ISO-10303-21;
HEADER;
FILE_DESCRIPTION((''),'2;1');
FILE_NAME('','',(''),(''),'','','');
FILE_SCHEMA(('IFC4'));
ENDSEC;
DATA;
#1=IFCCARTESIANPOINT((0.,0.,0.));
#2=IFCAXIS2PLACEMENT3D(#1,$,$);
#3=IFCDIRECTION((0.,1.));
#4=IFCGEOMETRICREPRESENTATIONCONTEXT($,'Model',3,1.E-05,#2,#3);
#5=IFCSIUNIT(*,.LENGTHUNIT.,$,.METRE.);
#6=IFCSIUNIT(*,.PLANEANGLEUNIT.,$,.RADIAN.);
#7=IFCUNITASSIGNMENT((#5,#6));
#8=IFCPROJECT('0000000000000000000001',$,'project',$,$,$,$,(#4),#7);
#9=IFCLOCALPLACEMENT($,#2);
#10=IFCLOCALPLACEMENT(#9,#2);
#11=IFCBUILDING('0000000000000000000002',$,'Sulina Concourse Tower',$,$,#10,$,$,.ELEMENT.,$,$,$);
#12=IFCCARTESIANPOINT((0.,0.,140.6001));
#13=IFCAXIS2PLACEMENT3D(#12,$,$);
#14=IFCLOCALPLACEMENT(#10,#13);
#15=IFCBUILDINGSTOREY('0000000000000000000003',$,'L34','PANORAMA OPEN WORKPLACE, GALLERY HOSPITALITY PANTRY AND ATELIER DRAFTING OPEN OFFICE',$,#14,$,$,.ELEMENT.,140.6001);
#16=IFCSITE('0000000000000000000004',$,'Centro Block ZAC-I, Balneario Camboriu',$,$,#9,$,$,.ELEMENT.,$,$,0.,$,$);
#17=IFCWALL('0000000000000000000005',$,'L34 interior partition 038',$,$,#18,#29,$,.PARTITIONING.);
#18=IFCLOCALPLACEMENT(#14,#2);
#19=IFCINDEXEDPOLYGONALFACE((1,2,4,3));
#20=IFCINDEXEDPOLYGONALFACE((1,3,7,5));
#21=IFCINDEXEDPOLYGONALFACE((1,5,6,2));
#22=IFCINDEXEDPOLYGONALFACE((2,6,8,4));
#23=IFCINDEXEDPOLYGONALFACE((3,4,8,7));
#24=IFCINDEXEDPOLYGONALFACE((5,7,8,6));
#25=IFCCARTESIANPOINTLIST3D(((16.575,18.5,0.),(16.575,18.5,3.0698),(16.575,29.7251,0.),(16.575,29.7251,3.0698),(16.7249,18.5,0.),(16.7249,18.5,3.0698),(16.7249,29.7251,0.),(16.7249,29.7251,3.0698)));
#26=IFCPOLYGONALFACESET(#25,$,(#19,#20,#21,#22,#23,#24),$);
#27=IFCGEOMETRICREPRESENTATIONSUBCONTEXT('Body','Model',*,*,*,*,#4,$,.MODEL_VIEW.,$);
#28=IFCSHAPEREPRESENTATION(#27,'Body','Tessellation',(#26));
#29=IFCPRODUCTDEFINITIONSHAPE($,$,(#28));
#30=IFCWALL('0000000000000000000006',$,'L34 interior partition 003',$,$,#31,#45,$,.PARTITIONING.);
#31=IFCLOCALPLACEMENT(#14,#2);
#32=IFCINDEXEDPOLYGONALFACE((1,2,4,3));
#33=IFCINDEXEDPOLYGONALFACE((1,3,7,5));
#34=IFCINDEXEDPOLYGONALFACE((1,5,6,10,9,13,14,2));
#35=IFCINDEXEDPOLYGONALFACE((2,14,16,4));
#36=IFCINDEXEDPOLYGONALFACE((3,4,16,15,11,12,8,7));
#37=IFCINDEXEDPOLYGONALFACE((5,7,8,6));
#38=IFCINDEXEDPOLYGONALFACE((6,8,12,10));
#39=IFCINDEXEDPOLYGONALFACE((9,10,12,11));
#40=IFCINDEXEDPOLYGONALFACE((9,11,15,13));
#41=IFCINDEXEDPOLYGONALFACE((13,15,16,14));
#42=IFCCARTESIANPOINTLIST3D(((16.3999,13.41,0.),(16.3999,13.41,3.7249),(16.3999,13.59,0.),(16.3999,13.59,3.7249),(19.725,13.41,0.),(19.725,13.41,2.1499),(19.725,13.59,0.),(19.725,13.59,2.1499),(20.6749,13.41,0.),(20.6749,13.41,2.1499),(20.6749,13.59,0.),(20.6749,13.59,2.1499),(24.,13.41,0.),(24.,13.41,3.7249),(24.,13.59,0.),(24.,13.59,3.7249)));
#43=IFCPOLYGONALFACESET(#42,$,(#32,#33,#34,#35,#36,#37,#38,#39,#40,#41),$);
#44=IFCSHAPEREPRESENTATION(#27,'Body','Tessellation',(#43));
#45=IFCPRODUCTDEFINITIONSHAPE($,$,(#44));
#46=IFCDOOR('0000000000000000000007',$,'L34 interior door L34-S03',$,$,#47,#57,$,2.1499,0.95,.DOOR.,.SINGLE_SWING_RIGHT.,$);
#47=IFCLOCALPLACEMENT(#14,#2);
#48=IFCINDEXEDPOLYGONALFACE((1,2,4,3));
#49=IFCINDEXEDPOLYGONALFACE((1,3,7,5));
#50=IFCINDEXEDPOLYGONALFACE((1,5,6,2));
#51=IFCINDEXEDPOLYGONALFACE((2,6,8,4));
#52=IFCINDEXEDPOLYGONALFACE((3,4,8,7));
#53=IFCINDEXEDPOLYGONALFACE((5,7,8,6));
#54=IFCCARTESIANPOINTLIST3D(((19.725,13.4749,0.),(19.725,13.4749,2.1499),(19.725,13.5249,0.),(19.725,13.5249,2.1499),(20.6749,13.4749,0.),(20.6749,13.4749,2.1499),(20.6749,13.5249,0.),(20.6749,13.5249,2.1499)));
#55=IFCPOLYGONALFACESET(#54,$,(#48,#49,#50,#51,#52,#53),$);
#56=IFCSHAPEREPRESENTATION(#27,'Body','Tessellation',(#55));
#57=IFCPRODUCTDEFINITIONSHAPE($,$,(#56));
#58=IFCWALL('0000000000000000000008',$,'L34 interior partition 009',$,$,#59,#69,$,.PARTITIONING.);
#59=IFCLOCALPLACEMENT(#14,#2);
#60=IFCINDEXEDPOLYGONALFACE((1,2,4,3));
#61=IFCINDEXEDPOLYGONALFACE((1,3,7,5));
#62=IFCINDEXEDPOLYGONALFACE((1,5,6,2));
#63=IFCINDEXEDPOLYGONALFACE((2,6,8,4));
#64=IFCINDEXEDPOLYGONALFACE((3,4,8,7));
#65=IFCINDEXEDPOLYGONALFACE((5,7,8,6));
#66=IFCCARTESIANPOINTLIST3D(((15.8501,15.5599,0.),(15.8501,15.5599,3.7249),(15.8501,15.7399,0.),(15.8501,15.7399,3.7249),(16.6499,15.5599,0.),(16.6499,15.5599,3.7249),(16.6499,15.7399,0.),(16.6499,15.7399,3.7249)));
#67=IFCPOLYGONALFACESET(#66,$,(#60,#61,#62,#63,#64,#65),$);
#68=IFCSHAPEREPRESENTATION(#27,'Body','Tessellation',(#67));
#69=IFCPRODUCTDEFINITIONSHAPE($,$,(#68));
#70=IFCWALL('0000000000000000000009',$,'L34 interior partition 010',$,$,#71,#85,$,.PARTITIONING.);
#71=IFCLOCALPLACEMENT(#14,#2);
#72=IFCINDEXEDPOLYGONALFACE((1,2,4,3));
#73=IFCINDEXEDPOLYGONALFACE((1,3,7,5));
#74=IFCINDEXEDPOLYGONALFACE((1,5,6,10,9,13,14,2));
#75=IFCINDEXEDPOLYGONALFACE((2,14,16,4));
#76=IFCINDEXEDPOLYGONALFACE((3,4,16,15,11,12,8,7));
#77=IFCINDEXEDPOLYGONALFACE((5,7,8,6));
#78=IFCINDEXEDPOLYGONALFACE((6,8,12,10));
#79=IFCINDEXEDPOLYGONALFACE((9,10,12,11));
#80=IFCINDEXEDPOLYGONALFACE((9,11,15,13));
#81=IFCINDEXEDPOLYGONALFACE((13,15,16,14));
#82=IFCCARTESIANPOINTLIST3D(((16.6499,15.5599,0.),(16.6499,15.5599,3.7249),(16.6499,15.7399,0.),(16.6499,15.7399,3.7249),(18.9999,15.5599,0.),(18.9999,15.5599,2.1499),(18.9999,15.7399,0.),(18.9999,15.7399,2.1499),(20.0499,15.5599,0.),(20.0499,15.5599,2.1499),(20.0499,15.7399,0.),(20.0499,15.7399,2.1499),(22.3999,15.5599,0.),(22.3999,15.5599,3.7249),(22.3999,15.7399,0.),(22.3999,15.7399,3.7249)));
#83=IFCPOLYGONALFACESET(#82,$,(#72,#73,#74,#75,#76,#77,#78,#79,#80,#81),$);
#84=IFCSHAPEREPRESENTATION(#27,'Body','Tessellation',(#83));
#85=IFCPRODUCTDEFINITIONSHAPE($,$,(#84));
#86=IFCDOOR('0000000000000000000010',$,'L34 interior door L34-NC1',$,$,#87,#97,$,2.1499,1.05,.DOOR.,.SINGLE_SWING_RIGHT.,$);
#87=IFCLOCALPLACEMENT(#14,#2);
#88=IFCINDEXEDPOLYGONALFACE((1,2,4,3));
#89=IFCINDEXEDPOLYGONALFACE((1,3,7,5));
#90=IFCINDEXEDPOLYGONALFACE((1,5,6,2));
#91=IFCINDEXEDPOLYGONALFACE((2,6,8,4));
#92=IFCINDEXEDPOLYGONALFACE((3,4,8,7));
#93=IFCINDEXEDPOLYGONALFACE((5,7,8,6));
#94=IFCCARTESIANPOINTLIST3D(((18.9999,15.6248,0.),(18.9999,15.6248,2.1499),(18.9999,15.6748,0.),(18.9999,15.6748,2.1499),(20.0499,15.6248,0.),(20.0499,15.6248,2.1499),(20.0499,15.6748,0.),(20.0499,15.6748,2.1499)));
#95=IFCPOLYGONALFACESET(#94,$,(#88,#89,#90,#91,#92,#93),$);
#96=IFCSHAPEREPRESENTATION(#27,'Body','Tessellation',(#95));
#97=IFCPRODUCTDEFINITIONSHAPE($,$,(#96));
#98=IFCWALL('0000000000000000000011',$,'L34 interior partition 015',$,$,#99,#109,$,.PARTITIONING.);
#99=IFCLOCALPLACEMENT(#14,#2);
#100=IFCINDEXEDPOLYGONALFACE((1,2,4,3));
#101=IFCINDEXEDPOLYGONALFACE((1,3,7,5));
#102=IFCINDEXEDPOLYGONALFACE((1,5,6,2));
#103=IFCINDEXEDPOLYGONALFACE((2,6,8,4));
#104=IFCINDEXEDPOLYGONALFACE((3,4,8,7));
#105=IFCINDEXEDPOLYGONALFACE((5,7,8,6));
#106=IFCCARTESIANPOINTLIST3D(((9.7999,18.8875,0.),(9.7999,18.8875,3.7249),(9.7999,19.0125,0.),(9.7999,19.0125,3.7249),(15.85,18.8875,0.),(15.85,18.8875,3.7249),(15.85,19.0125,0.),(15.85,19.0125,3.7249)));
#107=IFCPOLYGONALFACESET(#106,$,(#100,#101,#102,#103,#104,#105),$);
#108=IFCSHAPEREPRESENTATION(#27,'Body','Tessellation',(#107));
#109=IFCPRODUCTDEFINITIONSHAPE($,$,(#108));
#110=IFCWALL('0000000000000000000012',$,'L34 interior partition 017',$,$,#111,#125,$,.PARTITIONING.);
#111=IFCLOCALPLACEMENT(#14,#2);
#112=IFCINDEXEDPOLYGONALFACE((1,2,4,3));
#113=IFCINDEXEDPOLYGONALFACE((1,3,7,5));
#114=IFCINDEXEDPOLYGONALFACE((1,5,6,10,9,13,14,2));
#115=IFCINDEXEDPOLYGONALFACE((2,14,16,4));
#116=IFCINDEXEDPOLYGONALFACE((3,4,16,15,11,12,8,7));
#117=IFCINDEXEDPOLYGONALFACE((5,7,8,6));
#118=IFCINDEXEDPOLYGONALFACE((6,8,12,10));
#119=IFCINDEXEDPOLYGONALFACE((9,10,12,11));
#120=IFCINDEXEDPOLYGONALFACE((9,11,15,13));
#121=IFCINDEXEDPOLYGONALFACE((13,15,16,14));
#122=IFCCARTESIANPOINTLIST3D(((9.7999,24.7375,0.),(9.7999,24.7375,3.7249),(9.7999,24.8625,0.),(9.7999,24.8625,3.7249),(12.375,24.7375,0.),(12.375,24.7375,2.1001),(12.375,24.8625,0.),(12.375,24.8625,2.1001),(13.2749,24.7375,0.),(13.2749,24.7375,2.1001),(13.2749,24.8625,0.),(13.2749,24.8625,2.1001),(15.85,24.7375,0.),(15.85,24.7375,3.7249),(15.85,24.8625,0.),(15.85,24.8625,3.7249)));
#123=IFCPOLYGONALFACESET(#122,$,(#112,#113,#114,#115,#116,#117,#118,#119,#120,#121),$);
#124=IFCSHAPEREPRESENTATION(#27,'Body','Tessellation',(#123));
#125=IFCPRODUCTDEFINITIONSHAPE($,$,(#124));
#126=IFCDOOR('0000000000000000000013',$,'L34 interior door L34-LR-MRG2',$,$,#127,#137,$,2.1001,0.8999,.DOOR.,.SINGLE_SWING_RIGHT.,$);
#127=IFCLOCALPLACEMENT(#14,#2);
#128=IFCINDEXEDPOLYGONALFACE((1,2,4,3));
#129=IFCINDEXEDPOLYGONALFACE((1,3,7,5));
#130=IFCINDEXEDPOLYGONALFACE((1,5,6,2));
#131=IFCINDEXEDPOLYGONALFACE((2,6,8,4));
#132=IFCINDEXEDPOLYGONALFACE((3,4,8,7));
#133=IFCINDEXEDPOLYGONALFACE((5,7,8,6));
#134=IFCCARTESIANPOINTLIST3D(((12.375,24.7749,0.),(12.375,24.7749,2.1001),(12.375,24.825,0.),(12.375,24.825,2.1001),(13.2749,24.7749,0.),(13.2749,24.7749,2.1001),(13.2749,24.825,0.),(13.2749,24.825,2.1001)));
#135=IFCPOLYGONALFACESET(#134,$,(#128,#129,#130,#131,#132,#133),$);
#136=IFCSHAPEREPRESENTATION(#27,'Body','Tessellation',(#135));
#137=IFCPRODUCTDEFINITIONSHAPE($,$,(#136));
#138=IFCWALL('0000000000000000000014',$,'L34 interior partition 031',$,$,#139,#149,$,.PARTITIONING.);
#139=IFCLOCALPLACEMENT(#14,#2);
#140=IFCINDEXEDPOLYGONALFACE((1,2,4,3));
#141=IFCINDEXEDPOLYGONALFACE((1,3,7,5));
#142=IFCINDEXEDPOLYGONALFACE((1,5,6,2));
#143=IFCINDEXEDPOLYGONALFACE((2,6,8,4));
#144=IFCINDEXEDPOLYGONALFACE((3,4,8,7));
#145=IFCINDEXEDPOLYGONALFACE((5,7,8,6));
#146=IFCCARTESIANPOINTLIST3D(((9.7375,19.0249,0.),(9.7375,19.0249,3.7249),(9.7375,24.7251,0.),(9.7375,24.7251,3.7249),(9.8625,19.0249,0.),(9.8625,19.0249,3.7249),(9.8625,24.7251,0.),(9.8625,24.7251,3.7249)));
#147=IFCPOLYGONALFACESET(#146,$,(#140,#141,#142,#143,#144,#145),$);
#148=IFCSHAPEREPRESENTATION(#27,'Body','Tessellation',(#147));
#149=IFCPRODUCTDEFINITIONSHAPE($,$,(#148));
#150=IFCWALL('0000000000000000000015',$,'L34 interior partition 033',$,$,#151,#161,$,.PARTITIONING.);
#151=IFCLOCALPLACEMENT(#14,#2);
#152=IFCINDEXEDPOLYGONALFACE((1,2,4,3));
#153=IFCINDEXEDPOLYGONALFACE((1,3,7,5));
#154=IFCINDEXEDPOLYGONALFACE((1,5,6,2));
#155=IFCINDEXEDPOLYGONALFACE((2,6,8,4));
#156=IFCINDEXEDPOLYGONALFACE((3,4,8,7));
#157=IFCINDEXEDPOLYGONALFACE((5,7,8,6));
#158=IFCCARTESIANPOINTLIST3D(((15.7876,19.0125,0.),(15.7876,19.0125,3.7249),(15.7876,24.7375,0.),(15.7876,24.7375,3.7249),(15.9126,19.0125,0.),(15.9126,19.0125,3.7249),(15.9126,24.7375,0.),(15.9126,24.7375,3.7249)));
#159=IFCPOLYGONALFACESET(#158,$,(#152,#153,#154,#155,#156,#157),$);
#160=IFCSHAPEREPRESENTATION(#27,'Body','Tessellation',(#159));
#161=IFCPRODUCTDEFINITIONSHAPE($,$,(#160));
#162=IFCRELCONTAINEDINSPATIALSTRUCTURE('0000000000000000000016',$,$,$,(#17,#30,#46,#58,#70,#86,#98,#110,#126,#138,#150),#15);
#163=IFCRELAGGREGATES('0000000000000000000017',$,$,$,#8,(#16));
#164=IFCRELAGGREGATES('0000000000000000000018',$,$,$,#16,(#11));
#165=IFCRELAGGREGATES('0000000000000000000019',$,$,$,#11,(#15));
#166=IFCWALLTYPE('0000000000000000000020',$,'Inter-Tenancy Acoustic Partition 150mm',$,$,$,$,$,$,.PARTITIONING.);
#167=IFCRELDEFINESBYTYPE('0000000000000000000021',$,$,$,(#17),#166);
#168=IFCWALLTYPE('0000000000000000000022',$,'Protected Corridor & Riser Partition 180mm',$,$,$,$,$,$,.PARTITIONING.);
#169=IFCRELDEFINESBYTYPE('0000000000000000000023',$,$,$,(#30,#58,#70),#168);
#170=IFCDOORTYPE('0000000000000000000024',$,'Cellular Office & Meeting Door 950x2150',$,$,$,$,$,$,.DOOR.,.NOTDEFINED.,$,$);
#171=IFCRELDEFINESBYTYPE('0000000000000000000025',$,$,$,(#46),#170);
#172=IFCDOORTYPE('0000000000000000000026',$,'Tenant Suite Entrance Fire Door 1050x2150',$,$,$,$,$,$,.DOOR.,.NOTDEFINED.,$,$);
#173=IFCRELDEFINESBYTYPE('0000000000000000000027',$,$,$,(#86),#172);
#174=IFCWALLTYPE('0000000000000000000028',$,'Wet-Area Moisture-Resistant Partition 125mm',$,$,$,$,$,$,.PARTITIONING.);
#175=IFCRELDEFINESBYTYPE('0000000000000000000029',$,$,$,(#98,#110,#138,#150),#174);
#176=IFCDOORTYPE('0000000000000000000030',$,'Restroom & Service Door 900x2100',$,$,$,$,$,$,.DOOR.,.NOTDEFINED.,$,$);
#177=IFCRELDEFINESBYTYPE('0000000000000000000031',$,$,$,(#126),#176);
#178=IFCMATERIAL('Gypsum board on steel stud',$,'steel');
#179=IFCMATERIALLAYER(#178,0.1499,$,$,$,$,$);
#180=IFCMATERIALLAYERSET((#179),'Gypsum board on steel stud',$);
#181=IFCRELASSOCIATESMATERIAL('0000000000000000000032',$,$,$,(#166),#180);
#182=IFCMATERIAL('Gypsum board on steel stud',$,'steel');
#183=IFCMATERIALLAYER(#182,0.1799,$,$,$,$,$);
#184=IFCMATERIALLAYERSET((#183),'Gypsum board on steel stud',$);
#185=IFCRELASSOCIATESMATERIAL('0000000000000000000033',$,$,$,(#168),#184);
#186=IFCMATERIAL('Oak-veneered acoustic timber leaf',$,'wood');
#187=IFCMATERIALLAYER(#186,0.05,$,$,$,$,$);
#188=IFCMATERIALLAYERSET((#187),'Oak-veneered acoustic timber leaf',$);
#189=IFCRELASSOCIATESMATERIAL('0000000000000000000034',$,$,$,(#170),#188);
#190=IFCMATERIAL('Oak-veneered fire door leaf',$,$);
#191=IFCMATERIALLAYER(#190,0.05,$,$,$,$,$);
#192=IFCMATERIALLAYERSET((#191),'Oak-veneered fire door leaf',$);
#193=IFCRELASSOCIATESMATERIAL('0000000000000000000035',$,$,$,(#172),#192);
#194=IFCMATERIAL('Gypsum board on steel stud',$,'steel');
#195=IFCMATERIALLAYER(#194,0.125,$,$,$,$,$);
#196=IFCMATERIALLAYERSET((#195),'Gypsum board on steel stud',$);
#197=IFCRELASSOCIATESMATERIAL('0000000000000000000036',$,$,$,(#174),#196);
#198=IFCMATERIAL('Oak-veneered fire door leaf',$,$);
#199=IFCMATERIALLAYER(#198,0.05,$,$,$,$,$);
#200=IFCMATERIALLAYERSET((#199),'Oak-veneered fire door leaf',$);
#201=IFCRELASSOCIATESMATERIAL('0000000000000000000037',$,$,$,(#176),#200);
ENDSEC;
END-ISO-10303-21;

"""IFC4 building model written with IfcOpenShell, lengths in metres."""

from ifc_helpers import new_model, si_unit, direction, frame, frame_2d, origin, place, context, subcontext, project, spatial, rectangle, extrude, material, layer, layer_set, type_object, element, fill, save


model = new_model("IFC4")

# Units and contexts
model_context = context("Model", 3, precision=1e-05, world=origin(), true_north=direction((0.0, 1.0)))
body_context = subcontext(model_context, "Body", "Model", "MODEL_VIEW")
ifc_project = project(units=[si_unit("LENGTHUNIT", "METRE"), si_unit("PLANEANGLEUNIT", "RADIAN")], contexts=[model_context])

# Site, building, storey
site_placement = place(None, origin())
site = spatial("IfcSite", under=ifc_project, at=site_placement, Name="Centro Block ZAC-I, Balneario Camboriu", CompositionType="ELEMENT", RefElevation=0.0)
building_placement = place(site_placement, origin())
building = spatial("IfcBuilding", under=site, at=building_placement, Name="Sulina Concourse Tower", CompositionType="ELEMENT")
storey_placement = place(building_placement, frame((0.0, 0.0, 140.6001)))
storey = spatial("IfcBuildingStorey", under=building, at=storey_placement, Name="L34", Description="PANORAMA OPEN WORKPLACE, GALLERY HOSPITALITY PANTRY AND ATELIER DRAFTING OPEN OFFICE", CompositionType="ELEMENT", Elevation=140.6001)

# Wall
ifc_material_1 = material(Name="Gypsum board on steel stud", Category="steel")
ifc_layer_1 = layer(ifc_material_1, 0.1499)
ifc_layer_set_1 = layer_set([ifc_layer_1], Name="Gypsum board on steel stud")
wall_type_1 = type_object("IfcWallType", Name="Inter-Tenancy Acoustic Partition 150mm", PredefinedType="PARTITIONING", material=ifc_layer_set_1)
wall_1_placement = place(storey_placement, frame((16.6499, 18.5, 0.0), z_axis=(0.0, 0.0, 1.0), x_axis=(0.0, 1.0, 0.0)))
element("IfcWall", 1, at=wall_1_placement, inside=storey, type_object=wall_type_1, Name="L34 interior partition 038", PredefinedType="PARTITIONING", context=body_context, shape_type="SweptSolid", body=[
    extrude(rectangle(XDim=11.2251, YDim=0.1499, at=frame_2d((5.6125, 0.0))), origin(), (0.0, 0.0, 1.0), 3.0698),
])

# Wall, opening, door
ifc_material_2 = material(Name="Gypsum board on steel stud", Category="steel")
ifc_layer_2 = layer(ifc_material_2, 0.1799)
ifc_layer_set_2 = layer_set([ifc_layer_2], Name="Gypsum board on steel stud")
wall_type_2 = type_object("IfcWallType", Name="Protected Corridor & Riser Partition 180mm", PredefinedType="PARTITIONING", material=ifc_layer_set_2)
wall_2_placement = place(storey_placement, frame((16.3999, 13.5, 0.0), z_axis=(0.0, 0.0, 1.0), x_axis=(1.0, 0.0, 0.0)))
wall_2 = element("IfcWall", 2, at=wall_2_placement, inside=storey, type_object=wall_type_2, Name="L34 interior partition 003", PredefinedType="PARTITIONING", context=body_context, shape_type="SweptSolid", body=[
    extrude(rectangle(XDim=7.6001, YDim=0.1799, at=frame_2d((3.8, 0.0))), origin(), (0.0, 0.0, 1.0), 3.7249),
])
opening_1_placement = place(wall_2_placement, frame((3.325, 0.0, 0.0)))
opening_1 = element("IfcOpeningElement", 3, at=opening_1_placement, cuts=wall_2, PredefinedType="OPENING", context=body_context, shape_type="SweptSolid", body=[
    extrude(rectangle(XDim=0.95, YDim=2.1499, at=frame_2d((0.4751, 1.075))), frame((0.0, 0.0999, 0.0), z_axis=(0.0, -1.0, 0.0), x_axis=(1.0, 0.0, 0.0)), (0.0, 0.0, 1.0), 0.2),
])
ifc_material_3 = material(Name="Oak-veneered acoustic timber leaf", Category="wood")
ifc_layer_3 = layer(ifc_material_3, 0.05)
ifc_layer_set_3 = layer_set([ifc_layer_3], Name="Oak-veneered acoustic timber leaf")
door_type_1 = type_object("IfcDoorType", Name="Cellular Office & Meeting Door 950x2150", OperationType="NOTDEFINED", PredefinedType="DOOR", material=ifc_layer_set_3)
door_1_placement = place(opening_1_placement, origin())
door_1 = element("IfcDoor", 4, at=door_1_placement, inside=storey, type_object=door_type_1, Name="L34 interior door L34-S03", OperationType="SINGLE_SWING_RIGHT", OverallHeight=2.1499, OverallWidth=0.95, PredefinedType="DOOR", context=body_context, shape_type="SweptSolid", body=[
    extrude(rectangle(XDim=0.95, YDim=2.1499, at=frame_2d((0.4751, 1.075))), frame((0.0, 0.0249, 0.0), z_axis=(0.0, -1.0, 0.0), x_axis=(1.0, 0.0, 0.0)), (0.0, 0.0, 1.0), 0.05),
])
fill(opening_1, door_1)

# Wall
wall_3_placement = place(storey_placement, frame((15.8501, 15.6499, 0.0), z_axis=(0.0, 0.0, 1.0), x_axis=(1.0, 0.0, 0.0)))
element("IfcWall", 5, at=wall_3_placement, inside=storey, type_object=wall_type_2, Name="L34 interior partition 009", PredefinedType="PARTITIONING", context=body_context, shape_type="SweptSolid", body=[
    extrude(rectangle(XDim=0.7998, YDim=0.1799, at=frame_2d((0.3999, 0.0))), origin(), (0.0, 0.0, 1.0), 3.7249),
])

# Wall, opening, door
wall_4_placement = place(storey_placement, frame((16.6499, 15.6499, 0.0), z_axis=(0.0, 0.0, 1.0), x_axis=(1.0, 0.0, 0.0)))
wall_4 = element("IfcWall", 6, at=wall_4_placement, inside=storey, type_object=wall_type_2, Name="L34 interior partition 010", PredefinedType="PARTITIONING", context=body_context, shape_type="SweptSolid", body=[
    extrude(rectangle(XDim=5.75, YDim=0.1799, at=frame_2d((2.875, 0.0))), origin(), (0.0, 0.0, 1.0), 3.7249),
])
opening_2_placement = place(wall_4_placement, frame((2.3501, 0.0, 0.0)))
opening_2 = element("IfcOpeningElement", 7, at=opening_2_placement, cuts=wall_4, PredefinedType="OPENING", context=body_context, shape_type="SweptSolid", body=[
    extrude(rectangle(XDim=1.05, YDim=2.1499, at=frame_2d((0.5249, 1.075))), frame((0.0, 0.0999, 0.0), z_axis=(0.0, -1.0, 0.0), x_axis=(1.0, 0.0, 0.0)), (0.0, 0.0, 1.0), 0.2),
])
ifc_material_4 = material(Name="Oak-veneered fire door leaf")
ifc_layer_4 = layer(ifc_material_4, 0.05)
ifc_layer_set_4 = layer_set([ifc_layer_4], Name="Oak-veneered fire door leaf")
door_type_2 = type_object("IfcDoorType", Name="Tenant Suite Entrance Fire Door 1050x2150", OperationType="NOTDEFINED", PredefinedType="DOOR", material=ifc_layer_set_4)
door_2_placement = place(opening_2_placement, origin())
door_2 = element("IfcDoor", 8, at=door_2_placement, inside=storey, type_object=door_type_2, Name="L34 interior door L34-NC1", OperationType="SINGLE_SWING_RIGHT", OverallHeight=2.1499, OverallWidth=1.05, PredefinedType="DOOR", context=body_context, shape_type="SweptSolid", body=[
    extrude(rectangle(XDim=1.05, YDim=2.1499, at=frame_2d((0.5249, 1.075))), frame((0.0, 0.0249, 0.0), z_axis=(0.0, -1.0, 0.0), x_axis=(1.0, 0.0, 0.0)), (0.0, 0.0, 1.0), 0.05),
])
fill(opening_2, door_2)

# Wall
ifc_material_5 = material(Name="Gypsum board on steel stud", Category="steel")
ifc_layer_5 = layer(ifc_material_5, 0.125)
ifc_layer_set_5 = layer_set([ifc_layer_5], Name="Gypsum board on steel stud")
wall_type_3 = type_object("IfcWallType", Name="Wet-Area Moisture-Resistant Partition 125mm", PredefinedType="PARTITIONING", material=ifc_layer_set_5)
wall_5_placement = place(storey_placement, frame((9.8, 18.95, 0.0), z_axis=(0.0, 0.0, 1.0), x_axis=(1.0, 0.0, 0.0)))
element("IfcWall", 9, at=wall_5_placement, inside=storey, type_object=wall_type_3, Name="L34 interior partition 015", PredefinedType="PARTITIONING", context=body_context, shape_type="SweptSolid", body=[
    extrude(rectangle(XDim=6.05, YDim=0.125, at=frame_2d((3.0249, 0.0))), origin(), (0.0, 0.0, 1.0), 3.7249),
])

# Wall, opening, door
wall_6_placement = place(storey_placement, frame((9.8, 24.8, 0.0), z_axis=(0.0, 0.0, 1.0), x_axis=(1.0, 0.0, 0.0)))
wall_6 = element("IfcWall", 10, at=wall_6_placement, inside=storey, type_object=wall_type_3, Name="L34 interior partition 017", PredefinedType="PARTITIONING", context=body_context, shape_type="SweptSolid", body=[
    extrude(rectangle(XDim=6.05, YDim=0.125, at=frame_2d((3.0249, 0.0))), origin(), (0.0, 0.0, 1.0), 3.7249),
])
opening_3_placement = place(wall_6_placement, frame((2.575, 0.0, 0.0)))
opening_3 = element("IfcOpeningElement", 11, at=opening_3_placement, cuts=wall_6, PredefinedType="OPENING", context=body_context, shape_type="SweptSolid", body=[
    extrude(rectangle(XDim=0.8999, YDim=2.1001, at=frame_2d((0.45, 1.05))), frame((0.0, 0.0725, 0.0), z_axis=(0.0, -1.0, 0.0), x_axis=(1.0, 0.0, 0.0)), (0.0, 0.0, 1.0), 0.145),
])
ifc_material_6 = material(Name="Oak-veneered fire door leaf")
ifc_layer_6 = layer(ifc_material_6, 0.05)
ifc_layer_set_6 = layer_set([ifc_layer_6], Name="Oak-veneered fire door leaf")
door_type_3 = type_object("IfcDoorType", Name="Restroom & Service Door 900x2100", OperationType="NOTDEFINED", PredefinedType="DOOR", material=ifc_layer_set_6)
door_3_placement = place(opening_3_placement, origin())
door_3 = element("IfcDoor", 12, at=door_3_placement, inside=storey, type_object=door_type_3, Name="L34 interior door L34-LR-MRG2", OperationType="SINGLE_SWING_RIGHT", OverallHeight=2.1001, OverallWidth=0.8999, PredefinedType="DOOR", context=body_context, shape_type="SweptSolid", body=[
    extrude(rectangle(XDim=0.8999, YDim=2.1001, at=frame_2d((0.45, 1.05))), frame((0.0, 0.0249, 0.0), z_axis=(0.0, -1.0, 0.0), x_axis=(1.0, 0.0, 0.0)), (0.0, 0.0, 1.0), 0.05),
])
fill(opening_3, door_3)

# Walls
wall_7_placement = place(storey_placement, frame((9.8, 19.0249, 0.0), z_axis=(0.0, 0.0, 1.0), x_axis=(0.0, 1.0, 0.0)))
element("IfcWall", 13, at=wall_7_placement, inside=storey, type_object=wall_type_3, Name="L34 interior partition 031", PredefinedType="PARTITIONING", context=body_context, shape_type="SweptSolid", body=[
    extrude(rectangle(XDim=5.7002, YDim=0.125, at=frame_2d((2.8501, 0.0))), origin(), (0.0, 0.0, 1.0), 3.7249),
])
wall_8_placement = place(storey_placement, frame((15.8501, 19.0125, 0.0), z_axis=(0.0, 0.0, 1.0), x_axis=(0.0, 1.0, 0.0)))
element("IfcWall", 14, at=wall_8_placement, inside=storey, type_object=wall_type_3, Name="L34 interior partition 033", PredefinedType="PARTITIONING", context=body_context, shape_type="SweptSolid", body=[
    extrude(rectangle(XDim=5.7251, YDim=0.125, at=frame_2d((2.8625, 0.0))), origin(), (0.0, 0.0, 1.0), 3.7249),
])

save(model, "model.ifc")
